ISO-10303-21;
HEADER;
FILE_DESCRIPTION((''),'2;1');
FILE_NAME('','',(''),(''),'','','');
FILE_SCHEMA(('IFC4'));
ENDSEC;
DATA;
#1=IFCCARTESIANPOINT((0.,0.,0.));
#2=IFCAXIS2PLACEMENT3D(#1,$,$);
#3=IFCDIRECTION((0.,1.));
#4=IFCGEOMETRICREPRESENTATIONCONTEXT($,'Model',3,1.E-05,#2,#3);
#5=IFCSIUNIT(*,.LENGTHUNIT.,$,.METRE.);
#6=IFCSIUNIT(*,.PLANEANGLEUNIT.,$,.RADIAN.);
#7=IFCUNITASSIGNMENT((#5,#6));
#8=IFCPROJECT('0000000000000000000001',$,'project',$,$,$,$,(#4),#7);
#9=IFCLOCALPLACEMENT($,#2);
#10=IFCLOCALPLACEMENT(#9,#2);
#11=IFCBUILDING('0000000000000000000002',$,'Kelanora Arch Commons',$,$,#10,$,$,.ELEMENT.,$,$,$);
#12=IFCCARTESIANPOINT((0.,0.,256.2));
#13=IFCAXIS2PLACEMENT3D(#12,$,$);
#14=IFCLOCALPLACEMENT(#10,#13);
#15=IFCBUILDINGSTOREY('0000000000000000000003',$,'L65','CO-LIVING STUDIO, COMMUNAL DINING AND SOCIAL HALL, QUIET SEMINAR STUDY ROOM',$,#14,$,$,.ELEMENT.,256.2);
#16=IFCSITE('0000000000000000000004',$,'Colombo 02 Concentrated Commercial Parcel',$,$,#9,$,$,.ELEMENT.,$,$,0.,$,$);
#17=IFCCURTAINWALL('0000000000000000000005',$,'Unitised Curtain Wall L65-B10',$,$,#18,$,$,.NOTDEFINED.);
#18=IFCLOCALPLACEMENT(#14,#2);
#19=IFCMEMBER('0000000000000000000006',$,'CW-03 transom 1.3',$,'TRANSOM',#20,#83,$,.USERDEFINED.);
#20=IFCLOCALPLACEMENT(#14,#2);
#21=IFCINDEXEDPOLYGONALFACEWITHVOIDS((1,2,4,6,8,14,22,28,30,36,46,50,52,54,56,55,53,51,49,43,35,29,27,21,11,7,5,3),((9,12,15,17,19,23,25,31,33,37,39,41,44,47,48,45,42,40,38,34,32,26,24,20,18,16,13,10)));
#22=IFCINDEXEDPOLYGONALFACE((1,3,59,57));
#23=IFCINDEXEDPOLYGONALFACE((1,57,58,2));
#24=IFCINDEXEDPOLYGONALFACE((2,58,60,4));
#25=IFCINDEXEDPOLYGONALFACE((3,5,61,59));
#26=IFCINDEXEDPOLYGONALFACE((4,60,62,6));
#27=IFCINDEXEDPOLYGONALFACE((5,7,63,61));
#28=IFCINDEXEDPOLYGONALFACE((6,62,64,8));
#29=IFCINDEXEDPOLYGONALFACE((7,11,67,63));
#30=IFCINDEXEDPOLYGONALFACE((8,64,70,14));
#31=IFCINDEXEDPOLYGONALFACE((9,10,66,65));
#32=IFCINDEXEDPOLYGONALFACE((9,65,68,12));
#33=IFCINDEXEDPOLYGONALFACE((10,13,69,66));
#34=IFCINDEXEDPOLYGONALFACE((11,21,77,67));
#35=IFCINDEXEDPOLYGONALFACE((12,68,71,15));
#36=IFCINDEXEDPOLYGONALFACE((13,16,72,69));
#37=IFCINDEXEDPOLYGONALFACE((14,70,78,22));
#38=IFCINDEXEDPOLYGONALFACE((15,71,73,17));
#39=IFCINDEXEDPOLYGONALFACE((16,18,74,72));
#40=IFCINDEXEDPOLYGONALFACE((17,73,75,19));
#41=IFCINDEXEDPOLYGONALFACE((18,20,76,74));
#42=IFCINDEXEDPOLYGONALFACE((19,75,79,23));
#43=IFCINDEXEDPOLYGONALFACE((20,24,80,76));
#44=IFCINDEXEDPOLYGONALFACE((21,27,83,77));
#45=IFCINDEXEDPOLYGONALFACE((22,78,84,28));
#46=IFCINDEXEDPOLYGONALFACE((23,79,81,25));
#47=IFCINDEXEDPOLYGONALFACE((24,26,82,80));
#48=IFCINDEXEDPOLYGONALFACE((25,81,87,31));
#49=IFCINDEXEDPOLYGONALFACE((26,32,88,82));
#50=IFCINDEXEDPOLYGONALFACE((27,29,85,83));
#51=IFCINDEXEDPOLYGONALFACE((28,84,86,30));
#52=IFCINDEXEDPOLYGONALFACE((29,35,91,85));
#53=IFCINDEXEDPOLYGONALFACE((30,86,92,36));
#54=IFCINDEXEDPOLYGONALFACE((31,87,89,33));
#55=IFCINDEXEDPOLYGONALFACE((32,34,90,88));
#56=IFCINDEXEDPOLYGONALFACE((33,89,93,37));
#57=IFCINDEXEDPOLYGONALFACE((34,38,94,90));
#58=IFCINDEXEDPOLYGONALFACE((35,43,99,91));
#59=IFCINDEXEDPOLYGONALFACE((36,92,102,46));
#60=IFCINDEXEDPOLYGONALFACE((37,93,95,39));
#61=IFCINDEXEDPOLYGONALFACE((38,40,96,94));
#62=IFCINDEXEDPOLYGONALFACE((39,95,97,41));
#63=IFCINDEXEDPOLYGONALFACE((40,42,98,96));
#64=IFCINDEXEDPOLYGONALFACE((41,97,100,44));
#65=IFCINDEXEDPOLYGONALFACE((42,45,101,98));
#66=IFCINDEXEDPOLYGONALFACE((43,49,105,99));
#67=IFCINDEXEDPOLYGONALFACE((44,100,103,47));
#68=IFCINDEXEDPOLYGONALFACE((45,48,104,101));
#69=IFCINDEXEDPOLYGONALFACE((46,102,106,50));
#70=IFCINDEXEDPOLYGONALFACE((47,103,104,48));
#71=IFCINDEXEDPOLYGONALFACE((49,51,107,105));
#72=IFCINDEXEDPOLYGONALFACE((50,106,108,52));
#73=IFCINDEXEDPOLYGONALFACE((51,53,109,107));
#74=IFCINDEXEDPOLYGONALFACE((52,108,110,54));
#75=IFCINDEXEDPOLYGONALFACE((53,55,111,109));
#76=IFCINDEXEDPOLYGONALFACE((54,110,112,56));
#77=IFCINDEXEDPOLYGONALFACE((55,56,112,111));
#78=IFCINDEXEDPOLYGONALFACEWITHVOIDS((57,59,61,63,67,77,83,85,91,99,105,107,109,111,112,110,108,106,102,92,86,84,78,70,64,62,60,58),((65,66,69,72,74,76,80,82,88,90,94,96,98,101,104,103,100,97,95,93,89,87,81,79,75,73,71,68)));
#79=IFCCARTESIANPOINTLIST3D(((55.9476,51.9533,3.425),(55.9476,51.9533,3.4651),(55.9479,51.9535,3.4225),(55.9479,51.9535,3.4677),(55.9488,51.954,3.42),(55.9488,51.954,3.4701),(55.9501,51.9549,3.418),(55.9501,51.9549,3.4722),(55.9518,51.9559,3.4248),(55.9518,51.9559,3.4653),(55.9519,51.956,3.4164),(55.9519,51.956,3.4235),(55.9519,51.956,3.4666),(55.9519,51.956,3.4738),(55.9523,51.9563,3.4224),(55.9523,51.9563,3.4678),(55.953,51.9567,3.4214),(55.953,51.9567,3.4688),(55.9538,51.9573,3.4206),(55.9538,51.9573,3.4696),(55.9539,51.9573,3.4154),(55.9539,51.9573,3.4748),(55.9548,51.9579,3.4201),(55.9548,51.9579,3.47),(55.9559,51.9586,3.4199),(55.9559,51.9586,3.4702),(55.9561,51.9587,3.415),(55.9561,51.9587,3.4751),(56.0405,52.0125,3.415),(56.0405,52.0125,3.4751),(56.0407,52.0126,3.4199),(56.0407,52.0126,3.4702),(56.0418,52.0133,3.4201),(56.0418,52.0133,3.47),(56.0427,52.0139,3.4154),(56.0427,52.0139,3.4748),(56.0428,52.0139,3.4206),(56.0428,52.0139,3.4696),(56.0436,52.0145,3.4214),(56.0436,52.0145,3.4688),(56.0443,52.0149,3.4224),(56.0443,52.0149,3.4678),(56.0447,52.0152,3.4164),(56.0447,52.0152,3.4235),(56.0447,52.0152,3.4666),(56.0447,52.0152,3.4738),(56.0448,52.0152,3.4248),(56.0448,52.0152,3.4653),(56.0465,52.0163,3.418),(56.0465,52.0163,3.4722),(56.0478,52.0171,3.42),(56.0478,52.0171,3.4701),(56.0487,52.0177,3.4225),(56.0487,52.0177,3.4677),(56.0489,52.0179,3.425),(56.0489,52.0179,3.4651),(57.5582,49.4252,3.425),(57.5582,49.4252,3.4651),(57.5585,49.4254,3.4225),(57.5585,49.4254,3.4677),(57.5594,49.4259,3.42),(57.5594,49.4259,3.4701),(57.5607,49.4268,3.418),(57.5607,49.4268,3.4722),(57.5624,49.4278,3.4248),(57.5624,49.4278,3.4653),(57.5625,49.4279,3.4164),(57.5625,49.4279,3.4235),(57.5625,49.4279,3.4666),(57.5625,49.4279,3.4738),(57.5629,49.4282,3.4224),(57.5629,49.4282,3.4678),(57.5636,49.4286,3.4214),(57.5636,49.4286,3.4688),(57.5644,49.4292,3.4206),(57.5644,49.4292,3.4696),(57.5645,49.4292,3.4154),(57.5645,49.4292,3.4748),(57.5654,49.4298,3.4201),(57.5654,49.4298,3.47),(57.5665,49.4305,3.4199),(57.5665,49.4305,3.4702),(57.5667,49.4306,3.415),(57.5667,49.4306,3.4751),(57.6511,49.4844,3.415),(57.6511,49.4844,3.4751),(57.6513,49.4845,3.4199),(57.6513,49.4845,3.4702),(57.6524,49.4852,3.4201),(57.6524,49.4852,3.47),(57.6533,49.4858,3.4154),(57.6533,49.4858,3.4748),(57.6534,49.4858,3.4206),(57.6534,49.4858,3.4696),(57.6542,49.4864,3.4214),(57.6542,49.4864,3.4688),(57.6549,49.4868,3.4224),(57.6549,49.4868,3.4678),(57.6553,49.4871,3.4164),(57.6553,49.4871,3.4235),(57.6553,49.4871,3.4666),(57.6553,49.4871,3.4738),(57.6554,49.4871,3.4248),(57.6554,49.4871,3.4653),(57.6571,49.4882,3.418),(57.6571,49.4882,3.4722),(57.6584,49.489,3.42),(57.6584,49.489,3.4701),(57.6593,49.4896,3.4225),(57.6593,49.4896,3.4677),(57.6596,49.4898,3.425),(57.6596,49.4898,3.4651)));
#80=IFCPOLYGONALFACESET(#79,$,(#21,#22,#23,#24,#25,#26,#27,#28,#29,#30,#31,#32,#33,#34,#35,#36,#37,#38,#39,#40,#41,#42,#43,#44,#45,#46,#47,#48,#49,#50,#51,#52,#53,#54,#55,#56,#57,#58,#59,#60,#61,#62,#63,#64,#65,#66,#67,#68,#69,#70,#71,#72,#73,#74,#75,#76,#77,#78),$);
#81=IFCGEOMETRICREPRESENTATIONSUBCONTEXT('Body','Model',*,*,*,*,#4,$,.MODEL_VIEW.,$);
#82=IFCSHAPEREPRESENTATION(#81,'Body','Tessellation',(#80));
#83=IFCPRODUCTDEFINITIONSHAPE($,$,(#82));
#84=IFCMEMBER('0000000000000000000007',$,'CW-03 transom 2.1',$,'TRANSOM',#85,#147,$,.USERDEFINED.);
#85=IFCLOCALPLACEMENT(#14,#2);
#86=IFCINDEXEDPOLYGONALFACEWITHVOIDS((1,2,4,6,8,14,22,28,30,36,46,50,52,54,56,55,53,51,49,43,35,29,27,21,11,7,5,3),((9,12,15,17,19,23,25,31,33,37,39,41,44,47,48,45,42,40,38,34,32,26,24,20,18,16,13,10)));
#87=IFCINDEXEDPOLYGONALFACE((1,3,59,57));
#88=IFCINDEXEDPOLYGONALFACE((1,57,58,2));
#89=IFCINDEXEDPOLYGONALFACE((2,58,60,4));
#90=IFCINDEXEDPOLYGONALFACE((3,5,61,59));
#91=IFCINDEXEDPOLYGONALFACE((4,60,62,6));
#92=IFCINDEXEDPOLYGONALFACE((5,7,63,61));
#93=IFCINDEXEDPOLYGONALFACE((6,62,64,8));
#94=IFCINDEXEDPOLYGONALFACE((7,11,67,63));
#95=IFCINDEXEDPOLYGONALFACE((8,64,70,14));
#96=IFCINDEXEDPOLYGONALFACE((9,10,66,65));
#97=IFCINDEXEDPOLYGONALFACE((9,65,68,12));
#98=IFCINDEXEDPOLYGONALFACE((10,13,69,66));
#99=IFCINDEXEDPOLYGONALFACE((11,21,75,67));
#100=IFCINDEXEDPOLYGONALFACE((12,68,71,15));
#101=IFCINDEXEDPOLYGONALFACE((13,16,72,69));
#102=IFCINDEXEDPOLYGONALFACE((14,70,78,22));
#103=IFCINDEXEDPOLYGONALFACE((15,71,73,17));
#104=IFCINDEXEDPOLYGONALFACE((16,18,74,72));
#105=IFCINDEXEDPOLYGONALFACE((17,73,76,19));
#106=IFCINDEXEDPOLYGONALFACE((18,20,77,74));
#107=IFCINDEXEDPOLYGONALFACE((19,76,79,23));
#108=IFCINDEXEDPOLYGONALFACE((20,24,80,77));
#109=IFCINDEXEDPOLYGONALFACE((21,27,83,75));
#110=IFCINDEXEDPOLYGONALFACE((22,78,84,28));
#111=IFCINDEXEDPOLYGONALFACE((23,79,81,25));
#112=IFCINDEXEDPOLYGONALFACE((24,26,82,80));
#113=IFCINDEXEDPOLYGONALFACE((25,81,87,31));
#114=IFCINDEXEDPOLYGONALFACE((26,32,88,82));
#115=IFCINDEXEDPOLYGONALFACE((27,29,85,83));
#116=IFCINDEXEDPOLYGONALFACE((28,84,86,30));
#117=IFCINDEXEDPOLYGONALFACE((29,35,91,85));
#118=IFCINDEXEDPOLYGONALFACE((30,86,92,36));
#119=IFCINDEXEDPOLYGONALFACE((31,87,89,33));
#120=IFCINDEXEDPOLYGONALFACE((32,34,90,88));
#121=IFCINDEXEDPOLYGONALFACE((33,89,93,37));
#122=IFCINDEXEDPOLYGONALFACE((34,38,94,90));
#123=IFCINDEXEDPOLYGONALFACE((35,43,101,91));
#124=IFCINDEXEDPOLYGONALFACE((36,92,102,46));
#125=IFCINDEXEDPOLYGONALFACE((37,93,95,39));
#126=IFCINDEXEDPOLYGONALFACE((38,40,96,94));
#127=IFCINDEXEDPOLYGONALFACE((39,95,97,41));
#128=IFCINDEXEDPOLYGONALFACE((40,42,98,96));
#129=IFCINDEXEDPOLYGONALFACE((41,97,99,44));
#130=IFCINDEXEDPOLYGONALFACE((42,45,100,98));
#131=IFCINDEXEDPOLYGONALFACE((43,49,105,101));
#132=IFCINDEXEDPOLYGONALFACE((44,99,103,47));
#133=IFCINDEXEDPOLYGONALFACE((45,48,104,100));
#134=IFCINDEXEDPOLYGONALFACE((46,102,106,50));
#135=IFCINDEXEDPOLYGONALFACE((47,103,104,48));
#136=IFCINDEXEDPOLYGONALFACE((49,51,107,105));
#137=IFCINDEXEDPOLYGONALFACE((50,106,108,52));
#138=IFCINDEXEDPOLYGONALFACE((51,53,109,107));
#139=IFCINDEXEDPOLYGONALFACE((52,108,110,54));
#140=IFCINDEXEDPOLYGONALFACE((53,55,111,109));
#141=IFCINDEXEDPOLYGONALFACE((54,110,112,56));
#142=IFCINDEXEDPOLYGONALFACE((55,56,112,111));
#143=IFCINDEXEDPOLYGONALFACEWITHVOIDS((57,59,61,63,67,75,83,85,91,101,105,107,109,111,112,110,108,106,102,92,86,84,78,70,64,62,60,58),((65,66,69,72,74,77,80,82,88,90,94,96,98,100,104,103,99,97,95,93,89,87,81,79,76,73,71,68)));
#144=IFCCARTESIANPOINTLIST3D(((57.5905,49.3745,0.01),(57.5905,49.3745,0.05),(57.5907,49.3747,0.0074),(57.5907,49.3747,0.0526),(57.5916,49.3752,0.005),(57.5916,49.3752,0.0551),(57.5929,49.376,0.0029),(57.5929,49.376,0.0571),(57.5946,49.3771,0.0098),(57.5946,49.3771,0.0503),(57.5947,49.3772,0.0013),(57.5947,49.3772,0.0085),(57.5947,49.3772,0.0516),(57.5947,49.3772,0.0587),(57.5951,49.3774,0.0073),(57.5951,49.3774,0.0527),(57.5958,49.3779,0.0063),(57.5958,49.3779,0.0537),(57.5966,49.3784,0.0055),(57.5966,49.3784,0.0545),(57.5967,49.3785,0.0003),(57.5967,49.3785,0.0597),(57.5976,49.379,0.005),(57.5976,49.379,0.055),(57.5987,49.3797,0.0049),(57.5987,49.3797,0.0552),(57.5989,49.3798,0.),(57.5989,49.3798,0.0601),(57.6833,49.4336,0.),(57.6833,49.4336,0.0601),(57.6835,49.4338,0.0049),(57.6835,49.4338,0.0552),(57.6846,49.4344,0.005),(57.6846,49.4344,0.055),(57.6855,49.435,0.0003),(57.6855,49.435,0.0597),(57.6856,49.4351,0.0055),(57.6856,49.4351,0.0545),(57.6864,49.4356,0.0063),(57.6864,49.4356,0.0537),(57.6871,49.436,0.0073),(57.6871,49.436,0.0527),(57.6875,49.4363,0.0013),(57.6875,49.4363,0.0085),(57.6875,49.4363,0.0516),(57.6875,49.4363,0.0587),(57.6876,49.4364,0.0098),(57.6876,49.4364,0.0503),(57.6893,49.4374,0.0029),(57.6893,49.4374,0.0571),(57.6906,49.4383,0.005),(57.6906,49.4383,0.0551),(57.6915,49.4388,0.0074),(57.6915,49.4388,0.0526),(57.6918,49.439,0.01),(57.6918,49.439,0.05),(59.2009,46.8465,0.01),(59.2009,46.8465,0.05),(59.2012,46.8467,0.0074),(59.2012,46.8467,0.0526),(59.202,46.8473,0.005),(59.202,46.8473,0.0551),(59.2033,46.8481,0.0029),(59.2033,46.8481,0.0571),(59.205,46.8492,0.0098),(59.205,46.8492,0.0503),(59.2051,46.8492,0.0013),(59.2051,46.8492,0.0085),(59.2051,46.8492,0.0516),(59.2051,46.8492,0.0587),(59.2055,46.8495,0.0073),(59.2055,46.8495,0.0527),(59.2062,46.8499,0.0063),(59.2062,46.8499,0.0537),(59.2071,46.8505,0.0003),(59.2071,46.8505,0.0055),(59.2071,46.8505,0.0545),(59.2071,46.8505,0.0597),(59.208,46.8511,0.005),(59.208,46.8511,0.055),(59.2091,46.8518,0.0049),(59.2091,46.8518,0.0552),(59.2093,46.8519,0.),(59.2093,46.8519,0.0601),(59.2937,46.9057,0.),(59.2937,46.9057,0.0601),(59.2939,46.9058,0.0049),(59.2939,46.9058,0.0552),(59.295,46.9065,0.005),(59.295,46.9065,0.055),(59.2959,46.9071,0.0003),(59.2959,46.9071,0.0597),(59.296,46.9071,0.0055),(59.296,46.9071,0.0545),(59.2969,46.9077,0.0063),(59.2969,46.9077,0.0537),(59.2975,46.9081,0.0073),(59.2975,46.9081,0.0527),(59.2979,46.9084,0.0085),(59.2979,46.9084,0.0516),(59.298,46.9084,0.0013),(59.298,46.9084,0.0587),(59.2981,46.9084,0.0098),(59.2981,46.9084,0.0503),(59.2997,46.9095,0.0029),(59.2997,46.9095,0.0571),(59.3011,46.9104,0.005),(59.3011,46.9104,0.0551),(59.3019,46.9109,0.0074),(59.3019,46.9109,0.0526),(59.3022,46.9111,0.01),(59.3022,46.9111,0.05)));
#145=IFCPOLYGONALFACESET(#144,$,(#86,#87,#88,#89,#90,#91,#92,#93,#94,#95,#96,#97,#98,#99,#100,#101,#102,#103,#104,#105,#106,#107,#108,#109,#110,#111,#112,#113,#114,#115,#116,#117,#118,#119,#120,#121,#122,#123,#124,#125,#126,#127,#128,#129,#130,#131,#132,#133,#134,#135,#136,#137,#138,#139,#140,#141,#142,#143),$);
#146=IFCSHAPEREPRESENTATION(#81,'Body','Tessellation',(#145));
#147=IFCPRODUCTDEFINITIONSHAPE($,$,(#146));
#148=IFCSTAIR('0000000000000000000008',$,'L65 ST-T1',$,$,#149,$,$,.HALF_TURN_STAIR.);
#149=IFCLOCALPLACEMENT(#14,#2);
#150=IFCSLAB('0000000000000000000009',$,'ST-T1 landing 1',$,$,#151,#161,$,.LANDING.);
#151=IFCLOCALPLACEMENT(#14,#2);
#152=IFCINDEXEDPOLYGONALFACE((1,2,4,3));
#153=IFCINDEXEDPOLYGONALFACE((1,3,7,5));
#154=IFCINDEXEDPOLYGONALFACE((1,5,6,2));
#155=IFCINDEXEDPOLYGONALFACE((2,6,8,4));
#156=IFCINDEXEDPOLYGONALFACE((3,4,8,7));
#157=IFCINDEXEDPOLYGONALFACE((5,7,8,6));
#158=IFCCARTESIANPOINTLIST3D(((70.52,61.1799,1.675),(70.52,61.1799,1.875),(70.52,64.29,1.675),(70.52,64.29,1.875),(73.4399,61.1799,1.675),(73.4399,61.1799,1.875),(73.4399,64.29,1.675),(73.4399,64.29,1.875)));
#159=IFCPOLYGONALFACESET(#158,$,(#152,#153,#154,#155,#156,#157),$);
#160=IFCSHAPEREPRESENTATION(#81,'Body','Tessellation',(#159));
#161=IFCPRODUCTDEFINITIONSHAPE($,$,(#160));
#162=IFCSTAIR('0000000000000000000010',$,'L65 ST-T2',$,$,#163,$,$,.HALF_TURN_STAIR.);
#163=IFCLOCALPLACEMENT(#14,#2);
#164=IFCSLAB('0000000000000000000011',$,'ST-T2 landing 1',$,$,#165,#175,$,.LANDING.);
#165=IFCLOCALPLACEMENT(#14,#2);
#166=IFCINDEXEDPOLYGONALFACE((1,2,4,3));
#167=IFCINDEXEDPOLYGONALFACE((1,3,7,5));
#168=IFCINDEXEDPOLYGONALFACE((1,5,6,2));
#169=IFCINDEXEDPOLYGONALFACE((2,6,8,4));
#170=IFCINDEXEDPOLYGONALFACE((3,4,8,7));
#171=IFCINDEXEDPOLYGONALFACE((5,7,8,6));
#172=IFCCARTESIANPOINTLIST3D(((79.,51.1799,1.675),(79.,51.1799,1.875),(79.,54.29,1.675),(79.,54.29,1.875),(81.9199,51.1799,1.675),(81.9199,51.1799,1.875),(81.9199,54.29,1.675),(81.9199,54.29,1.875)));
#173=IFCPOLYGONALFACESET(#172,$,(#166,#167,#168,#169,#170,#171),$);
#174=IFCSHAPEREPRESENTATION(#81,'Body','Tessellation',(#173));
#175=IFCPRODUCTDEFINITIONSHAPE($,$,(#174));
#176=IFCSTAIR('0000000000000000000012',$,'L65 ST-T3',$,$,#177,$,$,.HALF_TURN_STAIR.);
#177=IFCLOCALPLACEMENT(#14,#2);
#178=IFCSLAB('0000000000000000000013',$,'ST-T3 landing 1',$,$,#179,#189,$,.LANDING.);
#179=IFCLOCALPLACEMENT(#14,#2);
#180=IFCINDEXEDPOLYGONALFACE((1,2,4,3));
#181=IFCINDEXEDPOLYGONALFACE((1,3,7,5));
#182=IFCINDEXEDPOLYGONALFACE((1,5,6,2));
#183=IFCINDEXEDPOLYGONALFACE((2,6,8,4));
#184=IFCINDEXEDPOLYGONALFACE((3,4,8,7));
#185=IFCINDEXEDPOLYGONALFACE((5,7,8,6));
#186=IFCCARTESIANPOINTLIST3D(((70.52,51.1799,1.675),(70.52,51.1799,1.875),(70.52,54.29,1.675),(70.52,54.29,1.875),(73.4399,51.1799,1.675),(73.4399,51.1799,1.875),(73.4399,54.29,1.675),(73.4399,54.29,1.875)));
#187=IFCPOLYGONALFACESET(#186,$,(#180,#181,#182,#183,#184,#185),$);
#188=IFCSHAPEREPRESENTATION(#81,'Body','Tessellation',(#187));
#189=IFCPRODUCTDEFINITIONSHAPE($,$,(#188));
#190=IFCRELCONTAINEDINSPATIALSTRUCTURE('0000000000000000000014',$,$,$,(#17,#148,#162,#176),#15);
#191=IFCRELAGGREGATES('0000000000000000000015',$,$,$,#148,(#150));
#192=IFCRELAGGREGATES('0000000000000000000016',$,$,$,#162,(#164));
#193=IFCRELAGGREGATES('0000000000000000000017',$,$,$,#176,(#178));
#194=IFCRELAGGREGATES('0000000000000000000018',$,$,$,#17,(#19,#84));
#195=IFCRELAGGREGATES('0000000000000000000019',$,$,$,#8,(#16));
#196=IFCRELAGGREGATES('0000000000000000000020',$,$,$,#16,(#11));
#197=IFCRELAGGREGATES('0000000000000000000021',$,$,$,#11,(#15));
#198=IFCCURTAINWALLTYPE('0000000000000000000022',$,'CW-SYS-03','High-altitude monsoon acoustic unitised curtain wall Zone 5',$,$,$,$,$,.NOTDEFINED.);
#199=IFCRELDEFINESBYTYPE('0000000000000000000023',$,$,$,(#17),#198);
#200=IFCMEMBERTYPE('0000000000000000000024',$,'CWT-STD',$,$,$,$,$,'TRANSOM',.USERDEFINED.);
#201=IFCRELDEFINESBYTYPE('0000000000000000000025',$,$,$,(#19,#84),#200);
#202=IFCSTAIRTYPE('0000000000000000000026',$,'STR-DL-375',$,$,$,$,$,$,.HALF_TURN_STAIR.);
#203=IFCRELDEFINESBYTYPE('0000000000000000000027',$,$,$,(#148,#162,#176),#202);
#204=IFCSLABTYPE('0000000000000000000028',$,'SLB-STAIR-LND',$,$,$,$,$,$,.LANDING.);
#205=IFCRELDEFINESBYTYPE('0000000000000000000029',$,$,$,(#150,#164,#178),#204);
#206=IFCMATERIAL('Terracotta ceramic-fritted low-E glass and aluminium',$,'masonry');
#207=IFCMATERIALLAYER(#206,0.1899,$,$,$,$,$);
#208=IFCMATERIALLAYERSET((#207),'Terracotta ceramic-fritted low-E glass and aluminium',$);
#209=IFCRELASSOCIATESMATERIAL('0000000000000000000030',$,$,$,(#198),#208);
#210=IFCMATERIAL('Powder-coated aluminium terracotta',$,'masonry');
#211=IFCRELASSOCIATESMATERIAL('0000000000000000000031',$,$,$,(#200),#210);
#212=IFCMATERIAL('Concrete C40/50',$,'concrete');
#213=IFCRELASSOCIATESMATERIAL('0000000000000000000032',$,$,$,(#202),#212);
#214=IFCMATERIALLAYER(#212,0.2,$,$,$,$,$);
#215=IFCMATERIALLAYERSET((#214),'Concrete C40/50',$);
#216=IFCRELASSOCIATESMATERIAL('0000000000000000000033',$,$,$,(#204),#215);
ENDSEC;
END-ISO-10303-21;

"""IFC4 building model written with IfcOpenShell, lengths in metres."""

from ifc_helpers import new_model, si_unit, direction, frame, origin, origin_2d, place, context, subcontext, project, spatial, polyline, hollow_rectangle, outline, extrude, material, layer, layer_set, material_profile, profile_set, type_object, element, aggregate, save


model = new_model("IFC4")

# Units and contexts
model_context = context("Model", 3, precision=1e-05, world=origin(), true_north=direction((0.0, 1.0)))
body_context = subcontext(model_context, "Body", "Model", "MODEL_VIEW")
ifc_project = project(units=[si_unit("LENGTHUNIT", "METRE"), si_unit("PLANEANGLEUNIT", "RADIAN")], contexts=[model_context])

# Site, building, storey
site_placement = place(None, origin())
site = spatial("IfcSite", under=ifc_project, at=site_placement, Name="Colombo 02 Concentrated Commercial Parcel", CompositionType="ELEMENT", RefElevation=0.0)
building_placement = place(site_placement, origin())
building = spatial("IfcBuilding", under=site, at=building_placement, Name="Kelanora Arch Commons", CompositionType="ELEMENT")
storey_placement = place(building_placement, frame((0.0, 0.0, 256.2)))
storey = spatial("IfcBuildingStorey", under=building, at=storey_placement, Name="L65", Description="CO-LIVING STUDIO, COMMUNAL DINING AND SOCIAL HALL, QUIET SEMINAR STUDY ROOM", CompositionType="ELEMENT", Elevation=256.2)

# Curtain wall, members
ifc_material_1 = material(Name="Terracotta ceramic-fritted low-E glass and aluminium", Category="masonry")
ifc_layer_1 = layer(ifc_material_1, 0.1899)
ifc_layer_set_1 = layer_set([ifc_layer_1], Name="Terracotta ceramic-fritted low-E glass and aluminium")
curtain_wall_type = type_object("IfcCurtainWallType", Name="CW-SYS-03", Description="High-altitude monsoon acoustic unitised curtain wall Zone 5", PredefinedType="NOTDEFINED", material=ifc_layer_set_1)
curtain_wall_placement = place(storey_placement, origin())
curtain_wall = element("IfcCurtainWall", 1, at=curtain_wall_placement, inside=storey, type_object=curtain_wall_type, Name="Unitised Curtain Wall L65-B10", PredefinedType="NOTDEFINED")
ifc_material_2 = material(Name="Powder-coated aluminium terracotta", Category="masonry")
ifc_material_profile_1 = material_profile(ifc_material_2, hollow_rectangle(XDim=0.1201, YDim=0.0601, WallThickness=0.0049, InnerFilletRadius=0.0049, OuterFilletRadius=0.01, at=origin_2d()), Name="CWT120x60")
ifc_profile_set_1 = profile_set([ifc_material_profile_1], Name="Powder-coated aluminium terracotta")
member_type_1 = type_object("IfcMemberType", Name="CWT-STD", ElementType="TRANSOM", PredefinedType="USERDEFINED", material=ifc_profile_set_1)
member_1_placement = place(storey_placement, frame((55.9983, 51.9856, 3.4451), z_axis=(0.537308, -0.843386, 0.0), x_axis=(0.843386, 0.537308, 0.0)))
member_1 = element("IfcMember", 2, at=member_1_placement, type_object=member_type_1, Name="CW-03 transom 1.3", ObjectType="TRANSOM", PredefinedType="USERDEFINED", context=body_context, shape_type="SweptSolid", body=[
    extrude(hollow_rectangle(XDim=0.1201, YDim=0.0601, WallThickness=0.0049, InnerFilletRadius=0.0049, OuterFilletRadius=0.01, at=origin_2d()), origin(), (0.0, 0.0, 1.0), 2.9976),
])
member_2_placement = place(storey_placement, frame((57.6411, 49.4067, 0.03), z_axis=(0.537287, -0.8434, 0.0), x_axis=(0.8434, 0.537287, 0.0)))
member_2 = element("IfcMember", 3, at=member_2_placement, type_object=member_type_1, Name="CW-03 transom 2.1", ObjectType="TRANSOM", PredefinedType="USERDEFINED", context=body_context, shape_type="SweptSolid", body=[
    extrude(hollow_rectangle(XDim=0.1201, YDim=0.0601, WallThickness=0.0049, InnerFilletRadius=0.0049, OuterFilletRadius=0.01, at=origin_2d()), origin(), (0.0, 0.0, 1.0), 2.9973),
])

# Stairs, slabs
ifc_material_3 = material(Name="Concrete C40/50", Category="concrete")
stair_type = type_object("IfcStairType", Name="STR-DL-375", PredefinedType="HALF_TURN_STAIR", material=ifc_material_3)
stair_1_placement = place(storey_placement, origin())
stair_1 = element("IfcStair", 4, at=stair_1_placement, inside=storey, type_object=stair_type, Name="L65 ST-T1", PredefinedType="HALF_TURN_STAIR")
ifc_layer_2 = layer(ifc_material_3, 0.2)
ifc_layer_set_2 = layer_set([ifc_layer_2], Name="Concrete C40/50")
slab_type_1 = type_object("IfcSlabType", Name="SLB-STAIR-LND", PredefinedType="LANDING", material=ifc_layer_set_2)
slab_1_placement = place(storey_placement, frame((0.0, 0.0, 1.675)))
slab_1 = element("IfcSlab", 5, at=slab_1_placement, type_object=slab_type_1, Name="ST-T1 landing 1", PredefinedType="LANDING", context=body_context, shape_type="SweptSolid", body=[
    extrude(outline(polyline([(70.52, 61.1799), (73.4399, 61.1799), (73.4399, 64.29), (70.52, 64.29), (70.52, 61.1799)])), origin(), (0.0, 0.0, 1.0), 0.2),
])
aggregate(stair_1, [slab_1])
stair_2_placement = place(storey_placement, origin())
stair_2 = element("IfcStair", 6, at=stair_2_placement, inside=storey, type_object=stair_type, Name="L65 ST-T2", PredefinedType="HALF_TURN_STAIR")
slab_2_placement = place(storey_placement, frame((0.0, 0.0, 1.675)))
slab_2 = element("IfcSlab", 7, at=slab_2_placement, type_object=slab_type_1, Name="ST-T2 landing 1", PredefinedType="LANDING", context=body_context, shape_type="SweptSolid", body=[
    extrude(outline(polyline([(79.0, 51.1799), (81.9199, 51.1799), (81.9199, 54.29), (79.0, 54.29), (79.0, 51.1799)])), origin(), (0.0, 0.0, 1.0), 0.2),
])
aggregate(stair_2, [slab_2])
stair_3_placement = place(storey_placement, origin())
stair_3 = element("IfcStair", 8, at=stair_3_placement, inside=storey, type_object=stair_type, Name="L65 ST-T3", PredefinedType="HALF_TURN_STAIR")
slab_3_placement = place(storey_placement, frame((0.0, 0.0, 1.675)))
slab_3 = element("IfcSlab", 9, at=slab_3_placement, type_object=slab_type_1, Name="ST-T3 landing 1", PredefinedType="LANDING", context=body_context, shape_type="SweptSolid", body=[
    extrude(outline(polyline([(70.52, 51.1799), (73.4399, 51.1799), (73.4399, 54.29), (70.52, 54.29), (70.52, 51.1799)])), origin(), (0.0, 0.0, 1.0), 0.2),
])
aggregate(stair_3, [slab_3])

aggregate(curtain_wall, [member_1, member_2])

save(model, "model.ifc")
